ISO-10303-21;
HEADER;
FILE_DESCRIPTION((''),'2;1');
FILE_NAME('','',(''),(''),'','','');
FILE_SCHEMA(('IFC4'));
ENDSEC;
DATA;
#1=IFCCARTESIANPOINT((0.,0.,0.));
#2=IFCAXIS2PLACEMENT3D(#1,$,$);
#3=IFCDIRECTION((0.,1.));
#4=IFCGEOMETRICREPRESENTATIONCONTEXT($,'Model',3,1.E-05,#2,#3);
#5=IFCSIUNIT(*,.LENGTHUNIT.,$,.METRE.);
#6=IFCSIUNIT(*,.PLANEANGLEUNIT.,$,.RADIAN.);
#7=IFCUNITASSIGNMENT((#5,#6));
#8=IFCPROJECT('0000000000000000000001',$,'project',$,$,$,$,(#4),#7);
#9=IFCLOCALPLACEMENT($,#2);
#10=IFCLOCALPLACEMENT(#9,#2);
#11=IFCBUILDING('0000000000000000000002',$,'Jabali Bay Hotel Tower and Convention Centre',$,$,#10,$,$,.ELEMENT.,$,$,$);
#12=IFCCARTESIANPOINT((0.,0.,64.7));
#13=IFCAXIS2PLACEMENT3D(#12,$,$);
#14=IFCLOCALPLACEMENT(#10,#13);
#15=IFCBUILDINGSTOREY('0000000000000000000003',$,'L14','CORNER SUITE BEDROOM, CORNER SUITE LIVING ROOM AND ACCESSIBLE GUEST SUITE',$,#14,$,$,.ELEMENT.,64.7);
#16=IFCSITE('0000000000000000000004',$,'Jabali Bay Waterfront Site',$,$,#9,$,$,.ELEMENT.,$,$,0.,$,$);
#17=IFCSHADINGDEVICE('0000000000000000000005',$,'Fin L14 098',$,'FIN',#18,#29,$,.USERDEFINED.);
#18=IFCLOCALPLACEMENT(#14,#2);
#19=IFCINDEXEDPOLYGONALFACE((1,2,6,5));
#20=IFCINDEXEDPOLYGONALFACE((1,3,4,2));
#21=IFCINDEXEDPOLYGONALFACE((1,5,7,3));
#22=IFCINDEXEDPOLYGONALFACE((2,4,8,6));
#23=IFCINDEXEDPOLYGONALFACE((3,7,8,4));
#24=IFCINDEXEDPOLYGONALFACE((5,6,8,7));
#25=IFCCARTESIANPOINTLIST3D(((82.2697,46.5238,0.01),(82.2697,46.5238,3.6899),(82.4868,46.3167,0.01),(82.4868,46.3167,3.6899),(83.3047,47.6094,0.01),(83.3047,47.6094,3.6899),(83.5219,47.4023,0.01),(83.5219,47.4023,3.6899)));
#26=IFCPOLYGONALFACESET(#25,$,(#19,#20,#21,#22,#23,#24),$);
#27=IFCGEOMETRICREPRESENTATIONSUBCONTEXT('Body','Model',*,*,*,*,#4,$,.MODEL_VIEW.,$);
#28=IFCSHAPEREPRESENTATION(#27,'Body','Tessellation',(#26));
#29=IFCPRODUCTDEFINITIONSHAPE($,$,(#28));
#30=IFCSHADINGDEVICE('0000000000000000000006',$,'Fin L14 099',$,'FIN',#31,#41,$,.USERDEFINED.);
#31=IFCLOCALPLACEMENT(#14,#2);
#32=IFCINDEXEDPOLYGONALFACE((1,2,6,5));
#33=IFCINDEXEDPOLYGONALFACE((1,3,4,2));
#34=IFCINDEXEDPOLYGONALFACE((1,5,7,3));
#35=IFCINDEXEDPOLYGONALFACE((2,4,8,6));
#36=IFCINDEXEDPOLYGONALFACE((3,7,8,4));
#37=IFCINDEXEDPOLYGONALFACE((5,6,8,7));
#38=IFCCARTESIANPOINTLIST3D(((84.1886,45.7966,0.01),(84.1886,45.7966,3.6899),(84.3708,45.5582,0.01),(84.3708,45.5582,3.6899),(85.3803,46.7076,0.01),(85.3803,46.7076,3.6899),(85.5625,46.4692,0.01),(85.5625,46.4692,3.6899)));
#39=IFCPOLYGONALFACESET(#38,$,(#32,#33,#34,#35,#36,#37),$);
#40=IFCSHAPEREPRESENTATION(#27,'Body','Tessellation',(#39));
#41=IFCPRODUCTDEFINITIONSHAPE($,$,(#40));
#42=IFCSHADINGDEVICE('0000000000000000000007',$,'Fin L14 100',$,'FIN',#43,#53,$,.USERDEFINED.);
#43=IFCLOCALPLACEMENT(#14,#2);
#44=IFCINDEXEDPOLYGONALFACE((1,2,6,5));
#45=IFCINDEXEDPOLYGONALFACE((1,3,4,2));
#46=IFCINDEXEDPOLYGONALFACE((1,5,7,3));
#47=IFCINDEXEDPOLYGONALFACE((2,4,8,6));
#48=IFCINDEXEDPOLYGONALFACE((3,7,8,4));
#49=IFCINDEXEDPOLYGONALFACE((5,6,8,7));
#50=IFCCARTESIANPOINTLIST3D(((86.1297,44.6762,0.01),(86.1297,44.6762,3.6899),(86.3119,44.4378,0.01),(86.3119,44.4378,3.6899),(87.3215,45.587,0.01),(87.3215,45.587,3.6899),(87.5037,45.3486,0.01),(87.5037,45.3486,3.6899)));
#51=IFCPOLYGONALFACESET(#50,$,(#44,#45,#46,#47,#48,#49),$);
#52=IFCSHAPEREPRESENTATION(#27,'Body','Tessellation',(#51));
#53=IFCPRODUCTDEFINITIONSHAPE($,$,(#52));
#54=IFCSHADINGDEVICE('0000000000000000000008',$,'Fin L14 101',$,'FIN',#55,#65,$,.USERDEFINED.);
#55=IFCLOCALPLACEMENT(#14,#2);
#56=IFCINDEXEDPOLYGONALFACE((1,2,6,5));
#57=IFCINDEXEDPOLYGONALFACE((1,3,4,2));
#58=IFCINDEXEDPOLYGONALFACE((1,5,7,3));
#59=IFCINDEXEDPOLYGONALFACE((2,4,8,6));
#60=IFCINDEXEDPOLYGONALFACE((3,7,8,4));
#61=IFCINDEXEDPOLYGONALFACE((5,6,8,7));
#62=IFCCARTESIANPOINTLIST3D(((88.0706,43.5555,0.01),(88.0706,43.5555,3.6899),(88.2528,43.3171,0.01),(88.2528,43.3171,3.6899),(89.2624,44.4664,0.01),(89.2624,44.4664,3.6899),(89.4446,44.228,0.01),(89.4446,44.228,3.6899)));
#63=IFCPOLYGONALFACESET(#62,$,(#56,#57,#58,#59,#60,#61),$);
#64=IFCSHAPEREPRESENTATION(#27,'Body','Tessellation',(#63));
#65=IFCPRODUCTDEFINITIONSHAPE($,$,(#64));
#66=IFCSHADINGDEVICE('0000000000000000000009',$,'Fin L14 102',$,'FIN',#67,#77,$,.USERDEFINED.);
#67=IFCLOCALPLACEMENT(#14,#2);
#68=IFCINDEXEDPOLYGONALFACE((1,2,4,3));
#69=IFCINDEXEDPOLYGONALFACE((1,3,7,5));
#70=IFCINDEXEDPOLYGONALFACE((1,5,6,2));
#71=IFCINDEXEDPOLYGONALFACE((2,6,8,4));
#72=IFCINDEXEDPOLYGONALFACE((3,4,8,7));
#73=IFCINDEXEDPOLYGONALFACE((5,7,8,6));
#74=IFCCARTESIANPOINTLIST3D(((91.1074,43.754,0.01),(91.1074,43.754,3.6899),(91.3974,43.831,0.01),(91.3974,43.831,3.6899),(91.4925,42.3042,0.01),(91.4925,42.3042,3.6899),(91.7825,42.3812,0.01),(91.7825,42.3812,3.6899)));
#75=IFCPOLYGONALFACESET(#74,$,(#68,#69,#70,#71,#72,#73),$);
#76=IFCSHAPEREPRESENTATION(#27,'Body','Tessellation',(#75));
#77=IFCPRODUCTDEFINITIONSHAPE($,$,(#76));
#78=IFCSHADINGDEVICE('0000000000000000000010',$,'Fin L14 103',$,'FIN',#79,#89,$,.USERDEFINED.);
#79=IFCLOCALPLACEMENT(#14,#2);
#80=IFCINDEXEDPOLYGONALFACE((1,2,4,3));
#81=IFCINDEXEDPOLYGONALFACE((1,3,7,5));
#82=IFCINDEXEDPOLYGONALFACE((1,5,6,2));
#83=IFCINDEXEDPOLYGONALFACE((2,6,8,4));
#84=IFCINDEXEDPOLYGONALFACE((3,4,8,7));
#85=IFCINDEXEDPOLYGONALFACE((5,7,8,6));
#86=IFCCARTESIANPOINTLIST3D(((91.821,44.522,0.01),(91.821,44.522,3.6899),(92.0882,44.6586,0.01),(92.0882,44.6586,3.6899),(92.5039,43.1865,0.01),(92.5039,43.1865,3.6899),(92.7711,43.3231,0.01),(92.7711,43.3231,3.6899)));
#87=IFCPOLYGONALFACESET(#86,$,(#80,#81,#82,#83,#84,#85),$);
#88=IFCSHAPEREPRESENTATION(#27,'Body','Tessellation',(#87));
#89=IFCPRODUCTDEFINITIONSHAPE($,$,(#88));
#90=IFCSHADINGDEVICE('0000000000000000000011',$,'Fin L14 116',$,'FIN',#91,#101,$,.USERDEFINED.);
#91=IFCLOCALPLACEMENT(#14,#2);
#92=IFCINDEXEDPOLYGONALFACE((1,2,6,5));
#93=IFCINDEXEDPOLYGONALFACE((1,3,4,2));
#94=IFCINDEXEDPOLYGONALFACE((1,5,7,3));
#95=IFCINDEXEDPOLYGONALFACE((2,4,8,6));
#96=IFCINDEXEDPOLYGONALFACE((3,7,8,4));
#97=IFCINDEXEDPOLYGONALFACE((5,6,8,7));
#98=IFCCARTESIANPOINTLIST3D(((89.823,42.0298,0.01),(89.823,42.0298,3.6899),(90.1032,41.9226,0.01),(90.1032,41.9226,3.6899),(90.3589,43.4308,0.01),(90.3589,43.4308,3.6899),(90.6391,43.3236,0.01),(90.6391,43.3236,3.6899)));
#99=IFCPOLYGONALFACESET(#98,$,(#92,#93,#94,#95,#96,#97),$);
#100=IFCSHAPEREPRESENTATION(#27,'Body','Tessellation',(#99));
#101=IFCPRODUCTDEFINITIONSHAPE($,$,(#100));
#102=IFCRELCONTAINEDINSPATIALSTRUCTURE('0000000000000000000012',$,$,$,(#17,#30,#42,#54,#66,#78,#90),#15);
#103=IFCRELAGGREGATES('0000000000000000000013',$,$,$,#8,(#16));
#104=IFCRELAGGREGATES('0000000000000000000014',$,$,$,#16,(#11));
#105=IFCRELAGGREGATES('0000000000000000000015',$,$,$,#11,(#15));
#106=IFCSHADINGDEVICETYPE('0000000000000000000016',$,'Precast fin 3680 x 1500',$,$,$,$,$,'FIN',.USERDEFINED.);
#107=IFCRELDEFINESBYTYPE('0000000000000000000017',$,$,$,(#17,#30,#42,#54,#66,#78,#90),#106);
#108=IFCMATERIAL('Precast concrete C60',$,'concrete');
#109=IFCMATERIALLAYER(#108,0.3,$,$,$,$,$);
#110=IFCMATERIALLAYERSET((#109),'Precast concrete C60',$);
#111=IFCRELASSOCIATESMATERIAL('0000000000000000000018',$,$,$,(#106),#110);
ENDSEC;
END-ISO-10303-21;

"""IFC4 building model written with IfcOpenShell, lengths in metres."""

from ifc_helpers import new_model, si_unit, direction, frame, frame_2d, origin, place, context, subcontext, project, spatial, rectangle, extrude, material, layer, layer_set, type_object, element, save


model = new_model("IFC4")

# Units and contexts
model_context = context("Model", 3, precision=1e-05, world=origin(), true_north=direction((0.0, 1.0)))
body_context = subcontext(model_context, "Body", "Model", "MODEL_VIEW")
ifc_project = project(units=[si_unit("LENGTHUNIT", "METRE"), si_unit("PLANEANGLEUNIT", "RADIAN")], contexts=[model_context])

# Site, building, storey
site_placement = place(None, origin())
site = spatial("IfcSite", under=ifc_project, at=site_placement, Name="Jabali Bay Waterfront Site", CompositionType="ELEMENT", RefElevation=0.0)
building_placement = place(site_placement, origin())
building = spatial("IfcBuilding", under=site, at=building_placement, Name="Jabali Bay Hotel Tower and Convention Centre", CompositionType="ELEMENT")
storey_placement = place(building_placement, frame((0.0, 0.0, 64.7)))
storey = spatial("IfcBuildingStorey", under=building, at=storey_placement, Name="L14", Description="CORNER SUITE BEDROOM, CORNER SUITE LIVING ROOM AND ACCESSIBLE GUEST SUITE", CompositionType="ELEMENT", Elevation=64.7)

# Shading devices
ifc_material_1 = material(Name="Precast concrete C60", Category="concrete")
ifc_layer_1 = layer(ifc_material_1, 0.3)
ifc_layer_set_1 = layer_set([ifc_layer_1], Name="Precast concrete C60")
shading_device_type = type_object("IfcShadingDeviceType", Name="Precast fin 3680 x 1500", ElementType="FIN", PredefinedType="USERDEFINED", material=ifc_layer_set_1)
for number, where, z_axis, x_axis, name in (
    (1, (83.4133, 47.5059, 0.01), (0.0, 0.0, 1.0), (-0.690061, -0.723751, 0.0), "Fin L14 098"),
    (2, (85.4714, 46.5884, 0.01), (0.0, 0.0, 1.0), (-0.794478, -0.607293, 0.0), "Fin L14 099"),
    (3, (87.4126, 45.4678, 0.01), (0.0, 0.0, 1.0), (-0.794538, -0.607214, 0.0), "Fin L14 100"),
    (4, (89.3535, 44.3472, 0.01), (0.0, 0.0, 1.0), (-0.794538, -0.607214, 0.0), "Fin L14 101"),
    (5, (91.2524, 43.7925, 0.01), (0.0, 0.0, 1.0), (0.25668, -0.966496, 0.0), "Fin L14 102"),
    (6, (91.9546, 44.5903, 0.01), (0.0, 0.0, 1.0), (0.455269, -0.890354, 0.0), "Fin L14 103"),
    (7, (90.499, 43.3772, 0.01), (0.0, 0.0, 1.0), (-0.357288, -0.933994, 0.0), "Fin L14 116"),
):
    element("IfcShadingDevice", number, at=place(storey_placement, frame(where, z_axis=z_axis, x_axis=x_axis)), inside=storey, type_object=shading_device_type, Name=name, ObjectType="FIN", PredefinedType="USERDEFINED", context=body_context, shape_type="SweptSolid", body=[
        extrude(rectangle(XDim=1.5, YDim=0.3, at=frame_2d((0.75, 0.0))), origin(), (0.0, 0.0, 1.0), 3.6799),
    ])

save(model, "model.ifc")
